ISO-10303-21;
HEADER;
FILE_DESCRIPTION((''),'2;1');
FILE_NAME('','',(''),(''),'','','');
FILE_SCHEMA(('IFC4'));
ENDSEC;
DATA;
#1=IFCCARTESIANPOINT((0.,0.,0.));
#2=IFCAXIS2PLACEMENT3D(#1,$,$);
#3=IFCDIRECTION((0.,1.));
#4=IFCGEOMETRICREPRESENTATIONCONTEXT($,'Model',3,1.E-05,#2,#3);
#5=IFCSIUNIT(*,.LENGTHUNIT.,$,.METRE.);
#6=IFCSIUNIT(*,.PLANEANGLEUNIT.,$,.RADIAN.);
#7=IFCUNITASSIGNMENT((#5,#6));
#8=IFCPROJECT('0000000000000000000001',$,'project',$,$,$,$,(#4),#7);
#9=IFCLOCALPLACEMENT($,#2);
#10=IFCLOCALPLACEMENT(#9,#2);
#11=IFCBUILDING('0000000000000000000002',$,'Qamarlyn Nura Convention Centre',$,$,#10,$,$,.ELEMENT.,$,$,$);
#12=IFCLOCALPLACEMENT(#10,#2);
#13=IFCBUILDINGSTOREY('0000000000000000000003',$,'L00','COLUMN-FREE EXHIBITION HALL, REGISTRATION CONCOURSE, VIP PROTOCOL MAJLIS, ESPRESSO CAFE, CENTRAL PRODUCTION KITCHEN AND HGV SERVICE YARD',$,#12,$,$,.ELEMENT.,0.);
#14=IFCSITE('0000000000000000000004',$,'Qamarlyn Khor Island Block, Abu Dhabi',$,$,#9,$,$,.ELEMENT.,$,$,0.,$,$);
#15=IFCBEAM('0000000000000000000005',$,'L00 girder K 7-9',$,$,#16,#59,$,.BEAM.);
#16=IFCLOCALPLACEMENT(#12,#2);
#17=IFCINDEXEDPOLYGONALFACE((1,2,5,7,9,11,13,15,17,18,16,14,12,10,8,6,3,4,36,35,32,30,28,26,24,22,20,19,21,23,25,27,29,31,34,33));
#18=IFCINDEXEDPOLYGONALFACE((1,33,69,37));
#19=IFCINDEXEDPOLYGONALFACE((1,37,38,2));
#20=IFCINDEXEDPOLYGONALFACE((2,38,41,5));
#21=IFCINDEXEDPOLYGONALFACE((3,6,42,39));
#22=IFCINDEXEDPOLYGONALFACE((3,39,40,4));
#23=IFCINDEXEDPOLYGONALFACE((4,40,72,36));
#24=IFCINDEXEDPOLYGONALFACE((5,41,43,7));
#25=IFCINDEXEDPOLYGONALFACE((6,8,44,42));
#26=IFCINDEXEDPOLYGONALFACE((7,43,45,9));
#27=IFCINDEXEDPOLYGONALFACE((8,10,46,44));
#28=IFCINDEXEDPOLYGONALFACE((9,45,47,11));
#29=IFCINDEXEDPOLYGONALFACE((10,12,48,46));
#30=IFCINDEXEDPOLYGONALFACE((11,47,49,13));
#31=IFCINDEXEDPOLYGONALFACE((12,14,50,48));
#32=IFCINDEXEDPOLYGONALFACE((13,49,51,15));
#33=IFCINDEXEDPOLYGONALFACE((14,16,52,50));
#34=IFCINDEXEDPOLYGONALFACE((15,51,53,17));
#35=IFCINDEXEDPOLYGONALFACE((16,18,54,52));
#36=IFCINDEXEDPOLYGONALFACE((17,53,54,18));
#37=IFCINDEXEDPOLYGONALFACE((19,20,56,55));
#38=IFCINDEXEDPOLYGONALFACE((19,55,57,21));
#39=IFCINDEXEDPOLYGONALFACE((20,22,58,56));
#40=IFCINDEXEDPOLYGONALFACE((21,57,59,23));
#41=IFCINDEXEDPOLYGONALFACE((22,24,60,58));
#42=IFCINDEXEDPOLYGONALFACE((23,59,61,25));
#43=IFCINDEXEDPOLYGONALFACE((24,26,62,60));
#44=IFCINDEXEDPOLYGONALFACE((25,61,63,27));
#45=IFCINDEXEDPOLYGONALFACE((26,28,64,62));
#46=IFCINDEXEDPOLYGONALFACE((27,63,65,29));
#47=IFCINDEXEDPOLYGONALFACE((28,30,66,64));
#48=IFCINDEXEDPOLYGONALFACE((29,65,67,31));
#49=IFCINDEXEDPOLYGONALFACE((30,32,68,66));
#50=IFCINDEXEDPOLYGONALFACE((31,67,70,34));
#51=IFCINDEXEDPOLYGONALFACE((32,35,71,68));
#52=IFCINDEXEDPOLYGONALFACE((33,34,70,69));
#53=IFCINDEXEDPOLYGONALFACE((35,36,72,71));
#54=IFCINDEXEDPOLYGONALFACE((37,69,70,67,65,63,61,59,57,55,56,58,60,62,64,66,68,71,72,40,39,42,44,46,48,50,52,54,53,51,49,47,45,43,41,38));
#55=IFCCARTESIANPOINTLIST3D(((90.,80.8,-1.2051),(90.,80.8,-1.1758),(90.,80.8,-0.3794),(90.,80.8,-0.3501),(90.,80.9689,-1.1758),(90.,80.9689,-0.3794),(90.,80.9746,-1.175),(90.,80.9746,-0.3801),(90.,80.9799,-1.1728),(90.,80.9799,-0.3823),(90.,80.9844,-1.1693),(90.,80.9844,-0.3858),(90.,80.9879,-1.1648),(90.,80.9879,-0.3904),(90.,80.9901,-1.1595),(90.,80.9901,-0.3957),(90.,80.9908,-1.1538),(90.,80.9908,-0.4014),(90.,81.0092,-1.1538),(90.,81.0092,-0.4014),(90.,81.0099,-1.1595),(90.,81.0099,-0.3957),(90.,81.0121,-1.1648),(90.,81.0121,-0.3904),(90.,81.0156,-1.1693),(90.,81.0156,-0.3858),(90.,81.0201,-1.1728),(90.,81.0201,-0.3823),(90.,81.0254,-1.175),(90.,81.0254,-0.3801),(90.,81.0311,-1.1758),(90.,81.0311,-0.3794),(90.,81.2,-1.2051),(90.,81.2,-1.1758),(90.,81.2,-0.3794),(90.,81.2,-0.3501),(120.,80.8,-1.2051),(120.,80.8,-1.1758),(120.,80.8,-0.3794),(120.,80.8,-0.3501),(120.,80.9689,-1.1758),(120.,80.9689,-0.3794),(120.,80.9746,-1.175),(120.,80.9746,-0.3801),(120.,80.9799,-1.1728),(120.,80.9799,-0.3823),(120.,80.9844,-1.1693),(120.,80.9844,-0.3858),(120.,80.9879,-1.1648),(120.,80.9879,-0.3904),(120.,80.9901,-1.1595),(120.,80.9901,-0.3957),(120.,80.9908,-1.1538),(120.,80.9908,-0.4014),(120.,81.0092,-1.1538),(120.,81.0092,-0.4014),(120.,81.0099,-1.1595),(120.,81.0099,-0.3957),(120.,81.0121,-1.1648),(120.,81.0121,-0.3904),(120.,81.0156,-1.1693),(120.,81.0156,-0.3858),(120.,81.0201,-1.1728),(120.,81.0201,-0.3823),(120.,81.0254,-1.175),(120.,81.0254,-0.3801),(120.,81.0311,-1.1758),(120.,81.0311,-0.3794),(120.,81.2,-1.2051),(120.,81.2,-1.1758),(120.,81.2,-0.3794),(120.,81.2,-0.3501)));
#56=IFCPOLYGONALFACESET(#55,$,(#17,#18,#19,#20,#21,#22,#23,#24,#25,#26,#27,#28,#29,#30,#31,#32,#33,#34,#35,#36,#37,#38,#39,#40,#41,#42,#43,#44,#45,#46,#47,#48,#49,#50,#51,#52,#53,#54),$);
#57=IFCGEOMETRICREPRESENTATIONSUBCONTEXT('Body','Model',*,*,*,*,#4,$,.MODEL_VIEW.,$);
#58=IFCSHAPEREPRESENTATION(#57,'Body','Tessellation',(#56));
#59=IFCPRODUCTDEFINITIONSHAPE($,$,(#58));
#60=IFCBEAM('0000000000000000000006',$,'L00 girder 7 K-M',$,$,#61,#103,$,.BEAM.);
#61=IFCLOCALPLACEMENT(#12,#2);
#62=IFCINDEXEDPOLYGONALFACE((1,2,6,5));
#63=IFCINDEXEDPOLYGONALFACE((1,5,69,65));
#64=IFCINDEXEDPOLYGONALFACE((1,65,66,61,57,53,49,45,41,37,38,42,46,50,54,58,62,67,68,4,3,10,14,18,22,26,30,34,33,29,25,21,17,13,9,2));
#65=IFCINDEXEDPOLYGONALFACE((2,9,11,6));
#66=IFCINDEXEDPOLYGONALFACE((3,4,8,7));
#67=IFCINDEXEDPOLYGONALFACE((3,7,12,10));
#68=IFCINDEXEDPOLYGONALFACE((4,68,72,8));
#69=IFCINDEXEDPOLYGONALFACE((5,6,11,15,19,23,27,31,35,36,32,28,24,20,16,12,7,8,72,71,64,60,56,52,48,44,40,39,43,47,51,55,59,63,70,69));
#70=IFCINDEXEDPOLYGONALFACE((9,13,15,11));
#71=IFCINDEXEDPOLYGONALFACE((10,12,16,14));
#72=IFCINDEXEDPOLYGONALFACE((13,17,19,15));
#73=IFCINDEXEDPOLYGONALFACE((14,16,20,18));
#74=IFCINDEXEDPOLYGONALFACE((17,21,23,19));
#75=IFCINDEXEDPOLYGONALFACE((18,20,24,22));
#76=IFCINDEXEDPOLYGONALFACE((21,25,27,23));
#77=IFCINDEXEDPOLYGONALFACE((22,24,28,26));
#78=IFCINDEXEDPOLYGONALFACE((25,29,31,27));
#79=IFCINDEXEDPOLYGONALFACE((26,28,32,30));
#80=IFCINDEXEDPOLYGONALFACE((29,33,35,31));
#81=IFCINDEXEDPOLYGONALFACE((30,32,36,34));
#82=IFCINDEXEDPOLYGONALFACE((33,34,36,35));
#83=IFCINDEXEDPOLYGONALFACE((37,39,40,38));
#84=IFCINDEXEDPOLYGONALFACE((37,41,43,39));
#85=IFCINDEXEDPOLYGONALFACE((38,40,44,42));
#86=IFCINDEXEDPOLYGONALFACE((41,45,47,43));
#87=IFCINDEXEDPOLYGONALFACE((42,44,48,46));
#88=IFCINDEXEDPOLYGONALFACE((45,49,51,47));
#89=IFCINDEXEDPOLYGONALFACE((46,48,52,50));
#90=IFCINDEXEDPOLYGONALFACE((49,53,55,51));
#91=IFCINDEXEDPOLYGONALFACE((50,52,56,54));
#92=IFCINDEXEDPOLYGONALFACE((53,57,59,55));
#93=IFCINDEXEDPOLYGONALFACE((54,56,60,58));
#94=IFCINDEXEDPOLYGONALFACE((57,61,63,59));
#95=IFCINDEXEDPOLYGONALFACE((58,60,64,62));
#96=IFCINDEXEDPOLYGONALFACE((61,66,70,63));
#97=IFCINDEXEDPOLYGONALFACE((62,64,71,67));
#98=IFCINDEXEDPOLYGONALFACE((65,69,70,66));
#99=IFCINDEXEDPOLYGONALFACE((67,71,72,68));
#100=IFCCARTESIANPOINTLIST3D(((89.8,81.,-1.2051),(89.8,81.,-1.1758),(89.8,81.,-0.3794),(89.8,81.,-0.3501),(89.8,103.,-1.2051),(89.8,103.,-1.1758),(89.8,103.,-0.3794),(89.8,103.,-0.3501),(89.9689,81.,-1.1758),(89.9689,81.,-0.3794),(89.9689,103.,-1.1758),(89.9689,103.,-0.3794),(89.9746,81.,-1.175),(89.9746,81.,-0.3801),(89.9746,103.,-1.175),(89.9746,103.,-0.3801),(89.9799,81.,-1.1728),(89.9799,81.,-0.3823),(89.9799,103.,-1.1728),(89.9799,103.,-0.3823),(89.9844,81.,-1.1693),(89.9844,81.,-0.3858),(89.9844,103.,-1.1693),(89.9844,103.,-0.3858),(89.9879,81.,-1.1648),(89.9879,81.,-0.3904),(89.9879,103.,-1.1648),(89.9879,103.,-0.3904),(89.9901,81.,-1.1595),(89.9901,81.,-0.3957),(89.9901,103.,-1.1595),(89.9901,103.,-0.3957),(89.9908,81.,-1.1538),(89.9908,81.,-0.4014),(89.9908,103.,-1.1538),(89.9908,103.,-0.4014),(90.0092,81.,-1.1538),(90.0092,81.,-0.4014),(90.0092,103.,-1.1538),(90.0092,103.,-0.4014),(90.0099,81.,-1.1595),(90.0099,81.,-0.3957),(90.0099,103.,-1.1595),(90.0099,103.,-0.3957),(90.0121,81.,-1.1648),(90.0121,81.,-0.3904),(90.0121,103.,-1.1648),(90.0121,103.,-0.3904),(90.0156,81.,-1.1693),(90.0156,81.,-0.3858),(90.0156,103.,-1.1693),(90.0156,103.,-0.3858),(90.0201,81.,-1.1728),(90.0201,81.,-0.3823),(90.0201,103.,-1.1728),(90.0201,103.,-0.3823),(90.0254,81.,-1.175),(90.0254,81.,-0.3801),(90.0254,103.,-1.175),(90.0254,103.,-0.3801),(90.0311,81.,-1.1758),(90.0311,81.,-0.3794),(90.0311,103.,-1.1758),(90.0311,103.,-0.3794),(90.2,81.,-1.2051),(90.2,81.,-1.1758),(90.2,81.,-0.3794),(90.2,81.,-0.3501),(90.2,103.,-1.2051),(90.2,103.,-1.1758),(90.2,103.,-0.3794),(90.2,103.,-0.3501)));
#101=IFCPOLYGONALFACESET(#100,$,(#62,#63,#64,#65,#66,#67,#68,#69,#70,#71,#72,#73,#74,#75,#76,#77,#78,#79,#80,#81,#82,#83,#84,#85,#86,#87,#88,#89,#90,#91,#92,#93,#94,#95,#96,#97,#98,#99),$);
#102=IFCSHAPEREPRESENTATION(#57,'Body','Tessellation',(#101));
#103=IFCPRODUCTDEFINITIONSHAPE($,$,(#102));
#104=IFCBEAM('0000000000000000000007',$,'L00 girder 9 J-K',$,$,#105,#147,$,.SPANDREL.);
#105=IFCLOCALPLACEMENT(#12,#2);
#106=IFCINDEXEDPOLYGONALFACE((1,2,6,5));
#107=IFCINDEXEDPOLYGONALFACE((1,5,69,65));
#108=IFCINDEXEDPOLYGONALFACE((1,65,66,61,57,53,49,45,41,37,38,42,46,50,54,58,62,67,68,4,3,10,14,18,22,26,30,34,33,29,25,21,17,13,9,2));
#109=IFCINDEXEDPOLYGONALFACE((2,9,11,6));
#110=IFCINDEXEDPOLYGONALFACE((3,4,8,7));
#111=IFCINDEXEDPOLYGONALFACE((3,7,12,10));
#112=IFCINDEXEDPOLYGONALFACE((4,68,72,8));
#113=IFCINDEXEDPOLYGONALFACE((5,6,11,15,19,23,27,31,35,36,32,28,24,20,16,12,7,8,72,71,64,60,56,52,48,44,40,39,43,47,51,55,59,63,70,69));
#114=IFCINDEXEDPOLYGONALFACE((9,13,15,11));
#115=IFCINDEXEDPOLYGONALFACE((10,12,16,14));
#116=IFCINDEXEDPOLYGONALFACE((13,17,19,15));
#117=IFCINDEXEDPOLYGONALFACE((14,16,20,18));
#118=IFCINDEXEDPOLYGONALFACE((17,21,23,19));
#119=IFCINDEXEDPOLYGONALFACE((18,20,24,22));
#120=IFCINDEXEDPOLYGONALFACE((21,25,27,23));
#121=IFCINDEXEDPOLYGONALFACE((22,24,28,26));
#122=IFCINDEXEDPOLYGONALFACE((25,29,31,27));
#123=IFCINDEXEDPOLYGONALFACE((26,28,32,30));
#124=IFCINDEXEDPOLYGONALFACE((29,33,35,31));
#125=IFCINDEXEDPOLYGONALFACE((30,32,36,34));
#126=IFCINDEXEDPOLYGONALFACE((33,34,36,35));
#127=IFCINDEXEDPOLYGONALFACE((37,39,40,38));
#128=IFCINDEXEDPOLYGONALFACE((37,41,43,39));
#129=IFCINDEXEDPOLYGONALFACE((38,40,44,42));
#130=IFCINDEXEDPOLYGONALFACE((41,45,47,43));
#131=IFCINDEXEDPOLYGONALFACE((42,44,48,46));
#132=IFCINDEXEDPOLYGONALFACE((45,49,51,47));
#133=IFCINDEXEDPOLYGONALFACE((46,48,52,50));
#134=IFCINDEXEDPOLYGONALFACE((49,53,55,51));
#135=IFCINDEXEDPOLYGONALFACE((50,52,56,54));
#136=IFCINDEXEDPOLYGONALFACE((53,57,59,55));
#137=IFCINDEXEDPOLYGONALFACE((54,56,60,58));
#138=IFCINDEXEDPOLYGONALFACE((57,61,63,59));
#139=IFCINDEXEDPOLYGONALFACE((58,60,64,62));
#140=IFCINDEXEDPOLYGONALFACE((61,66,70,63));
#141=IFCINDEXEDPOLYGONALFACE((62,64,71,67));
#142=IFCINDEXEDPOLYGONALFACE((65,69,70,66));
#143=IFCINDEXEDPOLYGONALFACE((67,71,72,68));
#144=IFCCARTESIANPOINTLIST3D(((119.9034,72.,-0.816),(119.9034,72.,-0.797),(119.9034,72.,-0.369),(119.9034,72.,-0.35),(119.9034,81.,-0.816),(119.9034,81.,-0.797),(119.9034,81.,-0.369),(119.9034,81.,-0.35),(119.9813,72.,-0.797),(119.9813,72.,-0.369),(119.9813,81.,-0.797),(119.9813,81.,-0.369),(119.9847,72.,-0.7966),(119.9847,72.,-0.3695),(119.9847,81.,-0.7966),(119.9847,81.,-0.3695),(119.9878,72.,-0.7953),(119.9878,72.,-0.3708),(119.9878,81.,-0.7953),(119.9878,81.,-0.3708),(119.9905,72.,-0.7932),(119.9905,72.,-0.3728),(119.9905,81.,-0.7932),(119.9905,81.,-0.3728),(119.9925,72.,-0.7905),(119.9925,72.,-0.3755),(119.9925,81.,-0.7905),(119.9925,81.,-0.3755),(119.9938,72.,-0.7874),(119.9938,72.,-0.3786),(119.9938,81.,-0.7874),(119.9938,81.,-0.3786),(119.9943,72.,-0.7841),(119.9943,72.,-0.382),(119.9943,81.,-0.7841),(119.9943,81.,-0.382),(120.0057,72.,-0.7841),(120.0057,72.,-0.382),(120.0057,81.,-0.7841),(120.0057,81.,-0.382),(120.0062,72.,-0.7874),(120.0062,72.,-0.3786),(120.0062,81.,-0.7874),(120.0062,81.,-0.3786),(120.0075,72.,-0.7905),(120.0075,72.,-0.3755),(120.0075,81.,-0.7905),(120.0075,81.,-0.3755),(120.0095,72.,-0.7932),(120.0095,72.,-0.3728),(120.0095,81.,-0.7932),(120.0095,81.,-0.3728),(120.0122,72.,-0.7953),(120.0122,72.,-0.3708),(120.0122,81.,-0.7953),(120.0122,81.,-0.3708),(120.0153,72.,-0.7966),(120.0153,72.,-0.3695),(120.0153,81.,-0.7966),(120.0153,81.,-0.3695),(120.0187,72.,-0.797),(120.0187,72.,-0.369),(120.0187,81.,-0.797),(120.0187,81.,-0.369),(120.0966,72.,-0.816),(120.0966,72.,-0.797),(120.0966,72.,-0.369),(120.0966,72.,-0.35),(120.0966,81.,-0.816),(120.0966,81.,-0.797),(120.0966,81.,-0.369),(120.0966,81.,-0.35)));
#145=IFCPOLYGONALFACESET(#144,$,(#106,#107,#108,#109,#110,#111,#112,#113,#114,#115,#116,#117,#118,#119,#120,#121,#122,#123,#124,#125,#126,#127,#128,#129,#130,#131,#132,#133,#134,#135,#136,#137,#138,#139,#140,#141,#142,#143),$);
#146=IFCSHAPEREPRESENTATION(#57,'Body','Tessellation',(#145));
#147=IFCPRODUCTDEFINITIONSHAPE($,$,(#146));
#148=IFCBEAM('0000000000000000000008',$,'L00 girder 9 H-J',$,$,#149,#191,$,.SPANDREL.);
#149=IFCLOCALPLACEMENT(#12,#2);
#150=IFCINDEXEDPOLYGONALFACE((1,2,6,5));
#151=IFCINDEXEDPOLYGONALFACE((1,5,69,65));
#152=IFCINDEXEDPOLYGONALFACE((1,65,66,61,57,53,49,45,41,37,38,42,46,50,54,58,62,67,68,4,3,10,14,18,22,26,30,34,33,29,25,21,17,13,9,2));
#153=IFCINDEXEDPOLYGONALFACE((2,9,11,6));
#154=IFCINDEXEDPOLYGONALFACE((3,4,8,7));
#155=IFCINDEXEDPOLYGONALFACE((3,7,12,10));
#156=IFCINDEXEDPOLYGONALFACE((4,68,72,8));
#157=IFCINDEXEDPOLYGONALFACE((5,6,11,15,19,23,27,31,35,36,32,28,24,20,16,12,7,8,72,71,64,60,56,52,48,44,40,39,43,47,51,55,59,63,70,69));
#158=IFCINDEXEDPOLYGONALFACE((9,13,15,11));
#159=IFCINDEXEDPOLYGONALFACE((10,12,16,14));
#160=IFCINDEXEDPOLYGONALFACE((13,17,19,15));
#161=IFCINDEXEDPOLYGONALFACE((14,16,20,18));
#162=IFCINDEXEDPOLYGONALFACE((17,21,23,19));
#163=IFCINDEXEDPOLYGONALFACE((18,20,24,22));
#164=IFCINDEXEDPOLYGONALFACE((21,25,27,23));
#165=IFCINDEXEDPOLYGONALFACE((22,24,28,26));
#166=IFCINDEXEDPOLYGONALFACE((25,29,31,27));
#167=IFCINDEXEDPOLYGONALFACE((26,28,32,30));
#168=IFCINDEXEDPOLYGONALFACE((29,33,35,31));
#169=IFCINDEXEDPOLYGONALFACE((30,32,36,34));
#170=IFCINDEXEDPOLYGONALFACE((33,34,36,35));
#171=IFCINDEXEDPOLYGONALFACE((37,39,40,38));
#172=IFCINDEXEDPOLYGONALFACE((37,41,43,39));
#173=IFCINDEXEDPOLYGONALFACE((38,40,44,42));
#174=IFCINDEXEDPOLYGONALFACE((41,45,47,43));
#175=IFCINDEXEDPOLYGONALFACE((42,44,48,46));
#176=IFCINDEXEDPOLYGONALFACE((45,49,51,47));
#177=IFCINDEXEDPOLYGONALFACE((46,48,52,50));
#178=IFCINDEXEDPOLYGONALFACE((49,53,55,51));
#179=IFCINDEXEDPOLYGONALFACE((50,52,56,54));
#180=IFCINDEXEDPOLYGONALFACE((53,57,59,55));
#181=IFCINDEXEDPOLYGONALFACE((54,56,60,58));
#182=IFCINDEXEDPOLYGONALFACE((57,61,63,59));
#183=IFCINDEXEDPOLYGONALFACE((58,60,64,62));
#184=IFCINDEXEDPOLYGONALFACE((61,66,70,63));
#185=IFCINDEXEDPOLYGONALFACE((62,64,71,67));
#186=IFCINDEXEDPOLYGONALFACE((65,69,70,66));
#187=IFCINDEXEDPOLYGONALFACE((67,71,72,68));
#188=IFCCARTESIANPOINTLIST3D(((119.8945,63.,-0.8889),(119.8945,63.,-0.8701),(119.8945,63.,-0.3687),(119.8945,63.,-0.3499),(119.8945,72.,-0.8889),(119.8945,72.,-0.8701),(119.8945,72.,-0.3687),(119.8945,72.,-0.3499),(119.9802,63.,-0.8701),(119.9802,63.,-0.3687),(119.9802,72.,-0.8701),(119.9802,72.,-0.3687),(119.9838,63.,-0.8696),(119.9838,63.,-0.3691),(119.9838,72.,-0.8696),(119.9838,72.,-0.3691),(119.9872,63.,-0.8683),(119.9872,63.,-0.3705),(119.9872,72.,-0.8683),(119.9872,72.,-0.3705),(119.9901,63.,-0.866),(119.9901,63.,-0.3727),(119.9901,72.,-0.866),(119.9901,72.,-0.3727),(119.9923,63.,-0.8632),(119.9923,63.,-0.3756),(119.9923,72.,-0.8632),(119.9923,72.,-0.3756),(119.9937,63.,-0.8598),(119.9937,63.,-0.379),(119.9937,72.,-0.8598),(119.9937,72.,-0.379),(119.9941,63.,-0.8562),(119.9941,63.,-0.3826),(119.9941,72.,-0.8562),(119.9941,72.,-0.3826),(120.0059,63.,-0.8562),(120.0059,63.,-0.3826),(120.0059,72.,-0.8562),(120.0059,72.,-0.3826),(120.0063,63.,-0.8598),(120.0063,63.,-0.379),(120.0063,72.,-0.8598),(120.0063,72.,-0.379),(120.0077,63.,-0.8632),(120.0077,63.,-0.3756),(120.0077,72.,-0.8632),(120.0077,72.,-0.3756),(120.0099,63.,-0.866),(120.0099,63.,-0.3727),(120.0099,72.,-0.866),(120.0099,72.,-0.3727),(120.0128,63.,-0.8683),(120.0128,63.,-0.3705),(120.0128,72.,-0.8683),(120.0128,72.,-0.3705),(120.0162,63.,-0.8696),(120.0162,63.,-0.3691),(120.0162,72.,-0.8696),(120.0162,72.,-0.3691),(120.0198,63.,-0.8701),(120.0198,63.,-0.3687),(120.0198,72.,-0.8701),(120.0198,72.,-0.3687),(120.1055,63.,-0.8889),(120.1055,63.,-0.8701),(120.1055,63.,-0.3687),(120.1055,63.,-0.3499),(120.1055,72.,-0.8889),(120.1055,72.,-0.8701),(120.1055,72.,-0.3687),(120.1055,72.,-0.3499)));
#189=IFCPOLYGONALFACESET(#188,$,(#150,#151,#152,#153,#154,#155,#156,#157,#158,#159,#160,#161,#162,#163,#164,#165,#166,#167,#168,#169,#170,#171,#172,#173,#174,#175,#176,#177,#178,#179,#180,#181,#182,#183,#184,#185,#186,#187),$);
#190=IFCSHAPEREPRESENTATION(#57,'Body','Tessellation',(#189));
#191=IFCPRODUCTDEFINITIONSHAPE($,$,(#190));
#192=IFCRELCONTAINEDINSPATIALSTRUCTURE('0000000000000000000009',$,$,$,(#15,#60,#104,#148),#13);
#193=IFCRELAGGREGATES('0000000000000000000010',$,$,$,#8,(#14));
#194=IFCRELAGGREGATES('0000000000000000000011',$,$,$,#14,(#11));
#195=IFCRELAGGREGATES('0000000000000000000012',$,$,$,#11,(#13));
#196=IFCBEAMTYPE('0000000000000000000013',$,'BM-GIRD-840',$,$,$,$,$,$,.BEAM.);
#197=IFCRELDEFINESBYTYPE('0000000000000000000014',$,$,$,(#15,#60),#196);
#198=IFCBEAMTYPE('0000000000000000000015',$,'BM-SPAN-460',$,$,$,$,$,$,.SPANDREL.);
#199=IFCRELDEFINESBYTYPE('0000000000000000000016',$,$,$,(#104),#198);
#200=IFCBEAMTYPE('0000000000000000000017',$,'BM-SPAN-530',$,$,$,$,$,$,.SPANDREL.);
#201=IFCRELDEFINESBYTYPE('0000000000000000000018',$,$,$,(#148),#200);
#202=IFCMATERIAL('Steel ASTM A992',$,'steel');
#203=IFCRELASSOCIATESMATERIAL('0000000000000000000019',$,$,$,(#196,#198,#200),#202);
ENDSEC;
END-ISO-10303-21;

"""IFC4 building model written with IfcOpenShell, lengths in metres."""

from ifc_helpers import new_model, si_unit, direction, frame, origin, origin_2d, place, context, subcontext, project, spatial, i_section, extrude, material, material_profile, profile_set, type_object, element, save


model = new_model("IFC4")

# Units and contexts
model_context = context("Model", 3, precision=1e-05, world=origin(), true_north=direction((0.0, 1.0)))
body_context = subcontext(model_context, "Body", "Model", "MODEL_VIEW")
ifc_project = project(units=[si_unit("LENGTHUNIT", "METRE"), si_unit("PLANEANGLEUNIT", "RADIAN")], contexts=[model_context])

# Site, building, storey
site_placement = place(None, origin())
site = spatial("IfcSite", under=ifc_project, at=site_placement, Name="Qamarlyn Khor Island Block, Abu Dhabi", CompositionType="ELEMENT", RefElevation=0.0)
building_placement = place(site_placement, origin())
building = spatial("IfcBuilding", under=site, at=building_placement, Name="Qamarlyn Nura Convention Centre", CompositionType="ELEMENT")
storey_placement = place(building_placement, origin())
storey = spatial("IfcBuildingStorey", under=building, at=storey_placement, Name="L00", Description="COLUMN-FREE EXHIBITION HALL, REGISTRATION CONCOURSE, VIP PROTOCOL MAJLIS, ESPRESSO CAFE, CENTRAL PRODUCTION KITCHEN AND HGV SERVICE YARD", CompositionType="ELEMENT", Elevation=0.0)

# Beams
ifc_material_1 = material(Name="Steel ASTM A992", Category="steel")
ifc_material_profile_1 = material_profile(ifc_material_1, i_section(OverallWidth=0.3999, OverallDepth=0.855, WebThickness=0.0183, FlangeThickness=0.0293, FilletRadius=0.022, at=origin_2d()), Name="W840X299")
ifc_profile_set_1 = profile_set([ifc_material_profile_1], Name="Steel ASTM A992")
beam_type_1 = type_object("IfcBeamType", Name="BM-GIRD-840", PredefinedType="BEAM", material=ifc_profile_set_1)
beam_1_placement = place(storey_placement, frame((90.0, 81.0, -0.7776), z_axis=(1.0, 0.0, 0.0), x_axis=(0.0, 1.0, 0.0)))
element("IfcBeam", 1, at=beam_1_placement, inside=storey, type_object=beam_type_1, Name="L00 girder K 7-9", PredefinedType="BEAM", context=body_context, shape_type="SweptSolid", body=[
    extrude(i_section(OverallWidth=0.3999, OverallDepth=0.855, WebThickness=0.0183, FlangeThickness=0.0293, FilletRadius=0.022, at=origin_2d()), origin(), (0.0, 0.0, 1.0), 30.0),
])
beam_2_placement = place(storey_placement, frame((90.0, 81.0, -0.7776), z_axis=(0.0, 1.0, 0.0), x_axis=(-1.0, 0.0, 0.0)))
element("IfcBeam", 2, at=beam_2_placement, inside=storey, type_object=beam_type_1, Name="L00 girder 7 K-M", PredefinedType="BEAM", context=body_context, shape_type="SweptSolid", body=[
    extrude(i_section(OverallWidth=0.3999, OverallDepth=0.855, WebThickness=0.0183, FlangeThickness=0.0293, FilletRadius=0.022, at=origin_2d()), origin(), (0.0, 0.0, 1.0), 22.0),
])
ifc_material_profile_2 = material_profile(ifc_material_1, i_section(OverallWidth=0.1931, OverallDepth=0.4661, WebThickness=0.0115, FlangeThickness=0.019, FilletRadius=0.0129, at=origin_2d()), Name="W460X97")
ifc_profile_set_2 = profile_set([ifc_material_profile_2], Name="Steel ASTM A992")
beam_type_2 = type_object("IfcBeamType", Name="BM-SPAN-460", PredefinedType="SPANDREL", material=ifc_profile_set_2)
beam_3_placement = place(storey_placement, frame((120.0, 72.0, -0.583), z_axis=(0.0, 1.0, 0.0), x_axis=(-1.0, 0.0, 0.0)))
element("IfcBeam", 3, at=beam_3_placement, inside=storey, type_object=beam_type_2, Name="L00 girder 9 J-K", PredefinedType="SPANDREL", context=body_context, shape_type="SweptSolid", body=[
    extrude(i_section(OverallWidth=0.1931, OverallDepth=0.4661, WebThickness=0.0115, FlangeThickness=0.019, FilletRadius=0.0129, at=origin_2d()), origin(), (0.0, 0.0, 1.0), 9.0),
])
ifc_material_profile_3 = material_profile(ifc_material_1, i_section(OverallWidth=0.2109, OverallDepth=0.5391, WebThickness=0.0117, FlangeThickness=0.0188, FilletRadius=0.0139, at=origin_2d()), Name="W530X109")
ifc_profile_set_3 = profile_set([ifc_material_profile_3], Name="Steel ASTM A992")
beam_type_3 = type_object("IfcBeamType", Name="BM-SPAN-530", PredefinedType="SPANDREL", material=ifc_profile_set_3)
beam_4_placement = place(storey_placement, frame((120.0, 63.0, -0.6194), z_axis=(0.0, 1.0, 0.0), x_axis=(-1.0, 0.0, 0.0)))
element("IfcBeam", 4, at=beam_4_placement, inside=storey, type_object=beam_type_3, Name="L00 girder 9 H-J", PredefinedType="SPANDREL", context=body_context, shape_type="SweptSolid", body=[
    extrude(i_section(OverallWidth=0.2109, OverallDepth=0.5391, WebThickness=0.0117, FlangeThickness=0.0188, FilletRadius=0.0139, at=origin_2d()), origin(), (0.0, 0.0, 1.0), 9.0),
])

save(model, "model.ifc")
